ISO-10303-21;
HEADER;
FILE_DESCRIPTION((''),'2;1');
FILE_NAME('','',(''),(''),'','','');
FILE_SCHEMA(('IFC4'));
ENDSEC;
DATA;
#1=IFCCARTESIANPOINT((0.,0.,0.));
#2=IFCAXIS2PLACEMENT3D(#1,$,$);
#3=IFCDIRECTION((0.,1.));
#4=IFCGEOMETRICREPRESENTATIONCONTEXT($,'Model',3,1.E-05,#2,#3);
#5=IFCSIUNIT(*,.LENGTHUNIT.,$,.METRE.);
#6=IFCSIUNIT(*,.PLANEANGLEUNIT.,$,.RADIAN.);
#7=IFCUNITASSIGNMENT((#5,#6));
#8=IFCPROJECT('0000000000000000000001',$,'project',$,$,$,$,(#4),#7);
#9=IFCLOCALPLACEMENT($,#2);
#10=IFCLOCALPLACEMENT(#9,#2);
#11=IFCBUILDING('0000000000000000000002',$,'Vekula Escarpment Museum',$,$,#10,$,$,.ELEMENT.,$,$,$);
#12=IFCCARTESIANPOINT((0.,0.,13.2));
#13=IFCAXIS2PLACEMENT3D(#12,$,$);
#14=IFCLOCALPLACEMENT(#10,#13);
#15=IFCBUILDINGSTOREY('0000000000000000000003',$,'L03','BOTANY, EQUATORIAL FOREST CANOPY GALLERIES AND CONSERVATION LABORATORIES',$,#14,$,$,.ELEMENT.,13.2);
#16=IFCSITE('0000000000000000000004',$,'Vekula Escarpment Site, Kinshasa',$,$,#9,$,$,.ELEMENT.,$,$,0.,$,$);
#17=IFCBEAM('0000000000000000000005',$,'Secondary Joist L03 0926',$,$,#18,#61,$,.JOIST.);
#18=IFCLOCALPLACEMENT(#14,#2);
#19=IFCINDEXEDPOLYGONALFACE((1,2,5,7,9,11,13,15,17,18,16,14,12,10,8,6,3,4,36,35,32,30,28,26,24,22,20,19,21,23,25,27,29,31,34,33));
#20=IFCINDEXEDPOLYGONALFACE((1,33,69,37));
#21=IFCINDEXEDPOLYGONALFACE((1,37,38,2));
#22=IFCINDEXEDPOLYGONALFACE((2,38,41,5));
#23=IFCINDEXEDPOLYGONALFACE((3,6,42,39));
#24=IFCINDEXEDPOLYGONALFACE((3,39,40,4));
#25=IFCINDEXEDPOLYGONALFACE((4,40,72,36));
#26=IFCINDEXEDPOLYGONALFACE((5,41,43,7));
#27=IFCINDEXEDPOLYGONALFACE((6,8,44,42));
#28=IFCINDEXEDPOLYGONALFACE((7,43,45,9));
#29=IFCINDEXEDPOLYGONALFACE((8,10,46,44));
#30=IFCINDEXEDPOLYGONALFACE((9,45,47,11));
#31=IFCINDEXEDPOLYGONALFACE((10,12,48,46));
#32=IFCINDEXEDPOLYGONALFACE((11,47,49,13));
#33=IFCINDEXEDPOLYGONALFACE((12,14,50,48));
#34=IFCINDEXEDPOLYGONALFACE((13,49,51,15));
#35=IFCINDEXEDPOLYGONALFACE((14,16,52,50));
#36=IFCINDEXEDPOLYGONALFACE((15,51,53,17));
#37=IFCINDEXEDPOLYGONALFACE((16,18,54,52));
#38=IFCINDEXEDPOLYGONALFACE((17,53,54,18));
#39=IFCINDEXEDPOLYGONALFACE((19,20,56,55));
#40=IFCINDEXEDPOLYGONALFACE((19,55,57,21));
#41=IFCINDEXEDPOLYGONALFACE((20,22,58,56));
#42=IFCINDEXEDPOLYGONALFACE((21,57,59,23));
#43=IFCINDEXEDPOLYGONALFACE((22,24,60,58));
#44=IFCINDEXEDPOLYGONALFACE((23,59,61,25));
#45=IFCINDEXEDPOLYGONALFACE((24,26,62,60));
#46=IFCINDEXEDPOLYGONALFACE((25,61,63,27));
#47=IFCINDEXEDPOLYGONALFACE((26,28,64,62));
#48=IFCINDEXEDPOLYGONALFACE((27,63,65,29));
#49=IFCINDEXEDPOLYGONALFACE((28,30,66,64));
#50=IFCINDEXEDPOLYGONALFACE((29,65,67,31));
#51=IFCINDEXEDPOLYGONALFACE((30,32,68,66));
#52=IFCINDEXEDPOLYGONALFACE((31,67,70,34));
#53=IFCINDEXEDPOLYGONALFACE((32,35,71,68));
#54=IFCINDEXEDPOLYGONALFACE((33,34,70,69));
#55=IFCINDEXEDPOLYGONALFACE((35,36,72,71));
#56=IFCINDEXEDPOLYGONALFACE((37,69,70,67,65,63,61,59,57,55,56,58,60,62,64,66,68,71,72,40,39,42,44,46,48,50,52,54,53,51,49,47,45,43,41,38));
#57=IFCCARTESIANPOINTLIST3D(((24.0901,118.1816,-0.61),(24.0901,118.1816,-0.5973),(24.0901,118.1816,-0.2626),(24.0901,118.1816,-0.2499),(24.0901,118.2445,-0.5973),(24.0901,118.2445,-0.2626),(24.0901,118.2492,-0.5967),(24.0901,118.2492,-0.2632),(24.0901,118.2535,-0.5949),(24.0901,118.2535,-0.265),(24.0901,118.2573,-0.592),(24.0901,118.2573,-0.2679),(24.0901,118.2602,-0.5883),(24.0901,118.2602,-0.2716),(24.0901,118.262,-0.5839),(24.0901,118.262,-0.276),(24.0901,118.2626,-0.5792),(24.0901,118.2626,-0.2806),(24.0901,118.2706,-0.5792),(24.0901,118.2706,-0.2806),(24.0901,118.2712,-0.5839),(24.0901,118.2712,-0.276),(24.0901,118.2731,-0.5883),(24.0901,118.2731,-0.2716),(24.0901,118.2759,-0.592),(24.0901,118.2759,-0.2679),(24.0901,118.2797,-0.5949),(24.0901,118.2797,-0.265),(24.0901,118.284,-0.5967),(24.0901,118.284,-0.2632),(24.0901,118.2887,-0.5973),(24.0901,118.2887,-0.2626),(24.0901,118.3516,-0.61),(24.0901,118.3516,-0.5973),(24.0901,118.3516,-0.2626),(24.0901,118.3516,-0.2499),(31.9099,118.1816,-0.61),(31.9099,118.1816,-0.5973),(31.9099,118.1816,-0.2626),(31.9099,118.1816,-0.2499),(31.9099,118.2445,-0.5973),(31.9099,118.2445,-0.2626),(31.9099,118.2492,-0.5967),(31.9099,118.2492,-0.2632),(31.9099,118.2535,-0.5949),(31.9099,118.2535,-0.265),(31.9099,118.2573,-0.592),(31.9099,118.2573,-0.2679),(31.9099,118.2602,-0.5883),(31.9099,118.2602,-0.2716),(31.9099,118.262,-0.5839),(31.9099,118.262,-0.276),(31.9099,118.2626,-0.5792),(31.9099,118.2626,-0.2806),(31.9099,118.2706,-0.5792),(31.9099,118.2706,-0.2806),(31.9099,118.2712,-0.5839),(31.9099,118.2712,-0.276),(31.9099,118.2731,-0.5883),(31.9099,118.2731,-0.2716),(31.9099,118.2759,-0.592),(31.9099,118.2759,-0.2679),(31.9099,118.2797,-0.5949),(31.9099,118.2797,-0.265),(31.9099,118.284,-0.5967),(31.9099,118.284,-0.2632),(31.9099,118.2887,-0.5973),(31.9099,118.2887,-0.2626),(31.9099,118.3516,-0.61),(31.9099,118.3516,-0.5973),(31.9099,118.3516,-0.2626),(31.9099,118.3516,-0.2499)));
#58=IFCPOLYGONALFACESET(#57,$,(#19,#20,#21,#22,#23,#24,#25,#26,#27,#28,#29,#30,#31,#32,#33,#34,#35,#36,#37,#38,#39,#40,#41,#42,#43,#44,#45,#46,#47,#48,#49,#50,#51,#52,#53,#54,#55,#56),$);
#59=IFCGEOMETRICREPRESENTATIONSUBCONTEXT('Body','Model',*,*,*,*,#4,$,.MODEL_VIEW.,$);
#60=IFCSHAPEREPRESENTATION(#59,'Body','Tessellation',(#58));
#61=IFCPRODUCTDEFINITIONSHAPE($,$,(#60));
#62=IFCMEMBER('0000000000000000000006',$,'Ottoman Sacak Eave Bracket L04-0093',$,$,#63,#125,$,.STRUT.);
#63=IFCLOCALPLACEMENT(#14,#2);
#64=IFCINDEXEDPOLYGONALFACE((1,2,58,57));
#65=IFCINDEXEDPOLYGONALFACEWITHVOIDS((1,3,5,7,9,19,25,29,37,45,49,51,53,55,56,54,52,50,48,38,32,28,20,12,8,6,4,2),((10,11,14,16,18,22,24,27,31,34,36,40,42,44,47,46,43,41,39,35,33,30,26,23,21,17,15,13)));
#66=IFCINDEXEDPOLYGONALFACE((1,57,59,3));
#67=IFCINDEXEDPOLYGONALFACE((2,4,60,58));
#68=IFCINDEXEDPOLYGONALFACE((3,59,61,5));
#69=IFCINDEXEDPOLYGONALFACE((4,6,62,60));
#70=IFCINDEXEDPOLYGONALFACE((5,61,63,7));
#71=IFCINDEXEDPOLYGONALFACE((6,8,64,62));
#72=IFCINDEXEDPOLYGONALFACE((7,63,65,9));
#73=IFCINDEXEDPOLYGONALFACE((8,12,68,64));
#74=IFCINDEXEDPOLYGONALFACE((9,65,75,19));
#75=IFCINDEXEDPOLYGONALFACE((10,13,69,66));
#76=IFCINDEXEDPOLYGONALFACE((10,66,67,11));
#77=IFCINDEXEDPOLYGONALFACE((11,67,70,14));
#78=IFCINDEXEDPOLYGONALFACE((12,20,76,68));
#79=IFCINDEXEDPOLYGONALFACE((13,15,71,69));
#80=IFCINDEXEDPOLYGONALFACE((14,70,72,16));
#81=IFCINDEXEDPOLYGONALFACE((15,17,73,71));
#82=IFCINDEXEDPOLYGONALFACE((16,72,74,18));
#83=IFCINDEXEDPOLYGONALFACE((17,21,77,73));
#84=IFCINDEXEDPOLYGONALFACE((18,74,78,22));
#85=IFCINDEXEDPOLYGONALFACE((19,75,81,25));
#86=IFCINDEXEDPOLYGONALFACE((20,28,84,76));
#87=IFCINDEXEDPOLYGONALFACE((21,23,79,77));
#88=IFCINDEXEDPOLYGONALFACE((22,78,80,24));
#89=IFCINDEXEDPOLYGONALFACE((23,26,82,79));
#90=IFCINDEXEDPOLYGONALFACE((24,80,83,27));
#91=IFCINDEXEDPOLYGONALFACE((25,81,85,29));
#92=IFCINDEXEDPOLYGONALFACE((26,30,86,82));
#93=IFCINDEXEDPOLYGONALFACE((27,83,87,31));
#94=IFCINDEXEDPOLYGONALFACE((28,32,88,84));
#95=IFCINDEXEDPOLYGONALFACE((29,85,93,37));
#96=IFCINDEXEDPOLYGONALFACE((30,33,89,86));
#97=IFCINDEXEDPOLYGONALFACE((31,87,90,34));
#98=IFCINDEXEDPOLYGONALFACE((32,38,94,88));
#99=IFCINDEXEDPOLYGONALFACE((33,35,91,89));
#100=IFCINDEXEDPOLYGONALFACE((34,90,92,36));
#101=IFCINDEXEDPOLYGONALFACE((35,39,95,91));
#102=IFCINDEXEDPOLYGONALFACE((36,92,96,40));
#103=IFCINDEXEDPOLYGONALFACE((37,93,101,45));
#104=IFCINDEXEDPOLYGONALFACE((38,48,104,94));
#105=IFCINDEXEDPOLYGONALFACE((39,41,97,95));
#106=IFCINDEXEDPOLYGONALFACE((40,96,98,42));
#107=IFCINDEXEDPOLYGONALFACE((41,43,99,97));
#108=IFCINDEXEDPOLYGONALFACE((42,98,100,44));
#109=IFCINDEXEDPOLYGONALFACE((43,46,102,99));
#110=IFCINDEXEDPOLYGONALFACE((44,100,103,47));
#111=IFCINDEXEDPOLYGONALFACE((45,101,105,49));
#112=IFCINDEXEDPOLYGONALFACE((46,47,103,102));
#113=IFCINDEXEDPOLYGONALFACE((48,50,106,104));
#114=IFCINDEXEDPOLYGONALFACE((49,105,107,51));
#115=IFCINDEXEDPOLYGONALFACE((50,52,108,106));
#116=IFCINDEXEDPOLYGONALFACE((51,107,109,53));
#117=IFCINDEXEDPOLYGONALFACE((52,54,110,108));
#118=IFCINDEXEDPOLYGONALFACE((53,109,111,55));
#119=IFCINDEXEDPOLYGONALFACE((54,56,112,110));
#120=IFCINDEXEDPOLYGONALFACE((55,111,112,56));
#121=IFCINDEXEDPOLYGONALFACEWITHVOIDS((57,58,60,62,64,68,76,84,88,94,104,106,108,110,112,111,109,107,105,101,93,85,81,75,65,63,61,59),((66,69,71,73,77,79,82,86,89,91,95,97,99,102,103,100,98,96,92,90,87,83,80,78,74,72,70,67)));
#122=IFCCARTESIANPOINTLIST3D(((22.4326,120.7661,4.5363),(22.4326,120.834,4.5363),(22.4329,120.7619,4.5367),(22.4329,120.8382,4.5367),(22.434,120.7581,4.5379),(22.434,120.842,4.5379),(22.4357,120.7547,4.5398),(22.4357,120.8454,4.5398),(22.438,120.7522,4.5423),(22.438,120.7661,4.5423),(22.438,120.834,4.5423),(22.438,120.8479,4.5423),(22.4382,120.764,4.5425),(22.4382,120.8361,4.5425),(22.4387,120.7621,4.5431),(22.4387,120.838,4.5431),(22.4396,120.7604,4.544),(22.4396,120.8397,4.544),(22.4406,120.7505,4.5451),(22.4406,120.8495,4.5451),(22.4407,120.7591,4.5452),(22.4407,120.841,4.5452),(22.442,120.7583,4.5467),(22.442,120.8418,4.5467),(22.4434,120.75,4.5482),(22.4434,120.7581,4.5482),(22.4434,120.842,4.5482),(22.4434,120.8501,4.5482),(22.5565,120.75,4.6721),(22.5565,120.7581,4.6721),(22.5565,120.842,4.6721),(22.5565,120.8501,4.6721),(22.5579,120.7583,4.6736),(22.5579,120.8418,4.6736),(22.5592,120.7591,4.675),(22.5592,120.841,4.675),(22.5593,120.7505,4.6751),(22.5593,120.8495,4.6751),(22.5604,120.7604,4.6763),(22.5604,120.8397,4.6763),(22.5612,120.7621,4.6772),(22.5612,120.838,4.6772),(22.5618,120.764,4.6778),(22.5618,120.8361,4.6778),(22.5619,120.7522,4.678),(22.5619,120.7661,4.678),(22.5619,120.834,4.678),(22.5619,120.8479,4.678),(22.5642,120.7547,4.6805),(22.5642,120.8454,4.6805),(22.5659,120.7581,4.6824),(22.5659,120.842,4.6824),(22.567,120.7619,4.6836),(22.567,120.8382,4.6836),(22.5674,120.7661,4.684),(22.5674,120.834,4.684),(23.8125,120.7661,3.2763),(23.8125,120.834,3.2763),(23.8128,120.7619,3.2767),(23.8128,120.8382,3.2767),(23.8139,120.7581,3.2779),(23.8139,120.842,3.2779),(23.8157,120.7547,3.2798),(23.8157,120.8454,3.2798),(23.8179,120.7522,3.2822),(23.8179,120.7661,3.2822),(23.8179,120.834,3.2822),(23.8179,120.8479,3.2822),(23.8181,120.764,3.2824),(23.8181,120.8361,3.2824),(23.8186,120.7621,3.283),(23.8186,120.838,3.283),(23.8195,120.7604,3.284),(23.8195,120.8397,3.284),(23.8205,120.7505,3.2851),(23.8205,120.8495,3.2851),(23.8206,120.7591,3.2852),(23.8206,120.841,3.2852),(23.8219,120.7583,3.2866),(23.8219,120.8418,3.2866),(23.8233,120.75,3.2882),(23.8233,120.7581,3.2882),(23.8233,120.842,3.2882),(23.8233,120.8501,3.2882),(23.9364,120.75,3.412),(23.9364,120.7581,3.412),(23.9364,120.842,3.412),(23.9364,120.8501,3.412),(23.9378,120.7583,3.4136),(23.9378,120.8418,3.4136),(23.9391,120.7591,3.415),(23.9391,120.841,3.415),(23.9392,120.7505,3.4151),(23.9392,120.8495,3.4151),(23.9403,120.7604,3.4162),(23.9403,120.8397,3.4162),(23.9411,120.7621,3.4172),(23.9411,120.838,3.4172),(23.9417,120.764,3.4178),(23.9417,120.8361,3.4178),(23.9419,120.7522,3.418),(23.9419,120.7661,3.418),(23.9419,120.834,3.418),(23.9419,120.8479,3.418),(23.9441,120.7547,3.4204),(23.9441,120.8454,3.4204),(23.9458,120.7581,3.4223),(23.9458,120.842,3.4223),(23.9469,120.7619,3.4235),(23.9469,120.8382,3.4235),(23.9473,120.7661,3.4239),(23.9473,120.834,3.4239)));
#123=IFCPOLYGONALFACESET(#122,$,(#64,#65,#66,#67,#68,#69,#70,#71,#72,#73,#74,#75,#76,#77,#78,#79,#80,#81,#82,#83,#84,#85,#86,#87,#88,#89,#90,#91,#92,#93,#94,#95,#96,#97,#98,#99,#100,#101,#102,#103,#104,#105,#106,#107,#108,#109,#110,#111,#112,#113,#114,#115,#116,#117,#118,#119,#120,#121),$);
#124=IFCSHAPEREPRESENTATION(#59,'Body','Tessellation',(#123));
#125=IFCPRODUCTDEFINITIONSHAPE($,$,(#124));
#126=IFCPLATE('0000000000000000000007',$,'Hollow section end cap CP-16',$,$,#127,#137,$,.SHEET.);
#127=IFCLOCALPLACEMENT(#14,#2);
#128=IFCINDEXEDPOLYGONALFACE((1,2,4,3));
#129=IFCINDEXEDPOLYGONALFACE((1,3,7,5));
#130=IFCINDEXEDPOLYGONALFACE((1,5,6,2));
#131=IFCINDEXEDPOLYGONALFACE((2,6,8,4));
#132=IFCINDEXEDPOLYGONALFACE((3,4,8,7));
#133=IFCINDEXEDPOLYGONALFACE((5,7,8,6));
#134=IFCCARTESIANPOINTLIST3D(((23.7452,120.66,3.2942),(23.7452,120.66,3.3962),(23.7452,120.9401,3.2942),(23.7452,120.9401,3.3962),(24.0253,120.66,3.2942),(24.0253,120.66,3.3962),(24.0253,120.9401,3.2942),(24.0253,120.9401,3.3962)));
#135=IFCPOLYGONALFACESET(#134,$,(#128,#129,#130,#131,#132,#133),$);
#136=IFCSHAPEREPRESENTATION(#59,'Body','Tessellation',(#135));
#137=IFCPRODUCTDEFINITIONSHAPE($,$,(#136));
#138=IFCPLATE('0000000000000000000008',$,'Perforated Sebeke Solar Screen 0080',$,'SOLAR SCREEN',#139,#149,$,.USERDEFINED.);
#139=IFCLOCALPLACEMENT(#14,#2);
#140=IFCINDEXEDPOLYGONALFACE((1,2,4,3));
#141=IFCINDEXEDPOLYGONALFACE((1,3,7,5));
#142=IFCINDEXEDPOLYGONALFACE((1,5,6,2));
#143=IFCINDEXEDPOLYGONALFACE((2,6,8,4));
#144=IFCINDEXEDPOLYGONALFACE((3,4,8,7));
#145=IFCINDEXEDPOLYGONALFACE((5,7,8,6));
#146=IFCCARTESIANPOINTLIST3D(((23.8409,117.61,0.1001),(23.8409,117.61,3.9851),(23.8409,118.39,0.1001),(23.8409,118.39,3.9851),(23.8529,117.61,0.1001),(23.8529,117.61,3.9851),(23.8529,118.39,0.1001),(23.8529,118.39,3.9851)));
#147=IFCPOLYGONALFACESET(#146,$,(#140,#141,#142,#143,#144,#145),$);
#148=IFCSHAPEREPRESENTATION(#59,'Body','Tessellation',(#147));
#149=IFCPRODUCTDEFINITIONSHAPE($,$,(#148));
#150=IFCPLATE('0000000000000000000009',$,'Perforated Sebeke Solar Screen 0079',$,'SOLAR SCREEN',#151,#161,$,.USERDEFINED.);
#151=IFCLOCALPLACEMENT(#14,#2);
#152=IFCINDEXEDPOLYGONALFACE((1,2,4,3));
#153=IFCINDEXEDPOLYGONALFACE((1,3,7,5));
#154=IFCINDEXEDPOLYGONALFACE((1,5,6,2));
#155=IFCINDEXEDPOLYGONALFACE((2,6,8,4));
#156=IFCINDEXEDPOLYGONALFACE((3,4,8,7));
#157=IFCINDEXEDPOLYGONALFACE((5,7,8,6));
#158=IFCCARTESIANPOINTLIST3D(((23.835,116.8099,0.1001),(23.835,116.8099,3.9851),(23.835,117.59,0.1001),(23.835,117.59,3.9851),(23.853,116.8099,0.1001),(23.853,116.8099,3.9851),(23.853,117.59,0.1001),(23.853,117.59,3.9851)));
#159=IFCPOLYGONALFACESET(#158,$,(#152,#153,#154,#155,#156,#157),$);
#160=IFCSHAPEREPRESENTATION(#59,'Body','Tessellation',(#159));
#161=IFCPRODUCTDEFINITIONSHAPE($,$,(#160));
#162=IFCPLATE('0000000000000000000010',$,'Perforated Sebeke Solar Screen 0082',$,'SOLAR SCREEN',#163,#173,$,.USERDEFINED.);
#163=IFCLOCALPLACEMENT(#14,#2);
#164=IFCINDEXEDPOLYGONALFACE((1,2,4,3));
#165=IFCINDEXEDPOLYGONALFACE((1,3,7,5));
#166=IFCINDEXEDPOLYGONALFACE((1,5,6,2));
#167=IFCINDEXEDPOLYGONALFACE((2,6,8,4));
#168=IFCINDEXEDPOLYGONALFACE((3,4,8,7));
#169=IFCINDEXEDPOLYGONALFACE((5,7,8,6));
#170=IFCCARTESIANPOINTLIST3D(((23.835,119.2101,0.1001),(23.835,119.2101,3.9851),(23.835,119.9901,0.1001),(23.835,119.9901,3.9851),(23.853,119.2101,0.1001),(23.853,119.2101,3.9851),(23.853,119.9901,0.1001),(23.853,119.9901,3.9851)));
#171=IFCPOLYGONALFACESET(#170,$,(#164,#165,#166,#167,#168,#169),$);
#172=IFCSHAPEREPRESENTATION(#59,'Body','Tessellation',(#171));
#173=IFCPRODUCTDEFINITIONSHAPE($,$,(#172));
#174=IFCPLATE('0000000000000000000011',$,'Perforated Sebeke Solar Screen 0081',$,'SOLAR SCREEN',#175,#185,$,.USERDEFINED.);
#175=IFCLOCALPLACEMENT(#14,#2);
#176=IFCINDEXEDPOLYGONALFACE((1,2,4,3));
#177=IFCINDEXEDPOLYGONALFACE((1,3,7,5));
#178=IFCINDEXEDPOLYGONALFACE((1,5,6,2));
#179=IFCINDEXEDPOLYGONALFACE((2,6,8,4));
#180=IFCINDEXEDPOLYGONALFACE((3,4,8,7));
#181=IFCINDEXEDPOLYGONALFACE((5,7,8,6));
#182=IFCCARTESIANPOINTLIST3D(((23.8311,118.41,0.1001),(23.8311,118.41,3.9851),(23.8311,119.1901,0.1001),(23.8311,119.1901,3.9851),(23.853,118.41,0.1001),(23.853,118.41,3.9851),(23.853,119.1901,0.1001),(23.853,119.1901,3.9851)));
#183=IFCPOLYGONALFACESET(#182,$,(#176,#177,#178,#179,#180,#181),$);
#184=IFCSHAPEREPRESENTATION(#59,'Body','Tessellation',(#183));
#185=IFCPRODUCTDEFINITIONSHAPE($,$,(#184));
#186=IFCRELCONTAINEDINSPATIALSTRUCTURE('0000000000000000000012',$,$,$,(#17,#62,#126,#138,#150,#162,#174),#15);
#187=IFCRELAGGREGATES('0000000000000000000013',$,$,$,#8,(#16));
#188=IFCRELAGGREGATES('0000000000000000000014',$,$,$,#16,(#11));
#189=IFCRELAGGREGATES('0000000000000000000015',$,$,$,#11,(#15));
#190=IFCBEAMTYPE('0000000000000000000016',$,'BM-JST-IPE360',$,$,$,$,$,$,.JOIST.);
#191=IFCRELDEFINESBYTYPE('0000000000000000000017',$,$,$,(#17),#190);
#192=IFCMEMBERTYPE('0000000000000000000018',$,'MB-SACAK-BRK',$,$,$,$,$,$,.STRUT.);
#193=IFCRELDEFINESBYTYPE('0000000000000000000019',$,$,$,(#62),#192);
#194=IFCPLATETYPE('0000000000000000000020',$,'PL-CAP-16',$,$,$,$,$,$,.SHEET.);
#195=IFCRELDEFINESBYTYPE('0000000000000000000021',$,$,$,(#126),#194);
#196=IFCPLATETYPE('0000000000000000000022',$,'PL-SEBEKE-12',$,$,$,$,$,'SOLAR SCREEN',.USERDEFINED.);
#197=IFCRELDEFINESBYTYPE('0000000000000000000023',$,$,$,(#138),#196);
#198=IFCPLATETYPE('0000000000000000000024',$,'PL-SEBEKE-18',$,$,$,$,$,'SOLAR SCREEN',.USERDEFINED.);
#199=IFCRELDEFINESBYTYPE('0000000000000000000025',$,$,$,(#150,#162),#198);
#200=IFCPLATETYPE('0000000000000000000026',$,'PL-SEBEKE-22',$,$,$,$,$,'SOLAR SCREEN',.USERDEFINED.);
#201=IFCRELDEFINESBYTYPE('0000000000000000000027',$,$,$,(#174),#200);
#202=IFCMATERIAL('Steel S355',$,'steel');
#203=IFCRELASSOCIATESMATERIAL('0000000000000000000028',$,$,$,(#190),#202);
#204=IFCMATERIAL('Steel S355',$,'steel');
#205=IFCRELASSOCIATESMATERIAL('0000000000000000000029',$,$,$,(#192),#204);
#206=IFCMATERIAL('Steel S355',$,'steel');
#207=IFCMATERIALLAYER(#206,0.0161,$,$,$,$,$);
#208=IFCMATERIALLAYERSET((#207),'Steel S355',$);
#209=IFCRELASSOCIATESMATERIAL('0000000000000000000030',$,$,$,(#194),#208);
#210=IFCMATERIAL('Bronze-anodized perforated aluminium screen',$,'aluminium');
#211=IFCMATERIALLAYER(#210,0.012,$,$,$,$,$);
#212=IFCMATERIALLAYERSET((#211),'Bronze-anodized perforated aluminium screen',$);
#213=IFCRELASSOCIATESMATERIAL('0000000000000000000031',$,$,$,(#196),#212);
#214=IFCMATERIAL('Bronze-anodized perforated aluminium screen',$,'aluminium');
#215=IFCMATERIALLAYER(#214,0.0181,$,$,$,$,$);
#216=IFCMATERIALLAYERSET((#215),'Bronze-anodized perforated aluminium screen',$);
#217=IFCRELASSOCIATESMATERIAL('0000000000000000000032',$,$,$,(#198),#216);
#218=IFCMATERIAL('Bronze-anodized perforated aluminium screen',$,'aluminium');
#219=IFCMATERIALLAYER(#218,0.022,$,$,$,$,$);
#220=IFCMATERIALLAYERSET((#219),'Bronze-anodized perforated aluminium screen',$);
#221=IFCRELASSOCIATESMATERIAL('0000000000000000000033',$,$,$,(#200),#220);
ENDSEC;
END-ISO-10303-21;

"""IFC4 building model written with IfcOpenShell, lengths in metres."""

from ifc_helpers import new_model, si_unit, direction, frame, origin, origin_2d, place, context, subcontext, project, spatial, rectangle, hollow_rectangle, i_section, extrude, material, layer, layer_set, material_profile, profile_set, type_object, element, save


model = new_model("IFC4")

# Units and contexts
model_context = context("Model", 3, precision=1e-05, world=origin(), true_north=direction((0.0, 1.0)))
body_context = subcontext(model_context, "Body", "Model", "MODEL_VIEW")
ifc_project = project(units=[si_unit("LENGTHUNIT", "METRE"), si_unit("PLANEANGLEUNIT", "RADIAN")], contexts=[model_context])

# Site, building, storey
site_placement = place(None, origin())
site = spatial("IfcSite", under=ifc_project, at=site_placement, Name="Vekula Escarpment Site, Kinshasa", CompositionType="ELEMENT", RefElevation=0.0)
building_placement = place(site_placement, origin())
building = spatial("IfcBuilding", under=site, at=building_placement, Name="Vekula Escarpment Museum", CompositionType="ELEMENT")
storey_placement = place(building_placement, frame((0.0, 0.0, 13.2)))
storey = spatial("IfcBuildingStorey", under=building, at=storey_placement, Name="L03", Description="BOTANY, EQUATORIAL FOREST CANOPY GALLERIES AND CONSERVATION LABORATORIES", CompositionType="ELEMENT", Elevation=13.2)

# Beam
ifc_material_1 = material(Name="Steel S355", Category="steel")
ifc_material_profile_1 = material_profile(ifc_material_1, i_section(OverallWidth=0.1699, OverallDepth=0.3601, WebThickness=0.0081, FlangeThickness=0.0127, FilletRadius=0.0181, at=origin_2d()), Name="IPE 360")
ifc_profile_set_1 = profile_set([ifc_material_profile_1], Name="Steel S355")
beam_type_1 = type_object("IfcBeamType", Name="BM-JST-IPE360", PredefinedType="JOIST", material=ifc_profile_set_1)
beam_1_placement = place(storey_placement, frame((24.0901, 118.2666, -0.4299), z_axis=(1.0, 0.0, 0.0), x_axis=(0.0, 1.0, 0.0)))
element("IfcBeam", 1, at=beam_1_placement, inside=storey, type_object=beam_type_1, Name="Secondary Joist L03 0926", PredefinedType="JOIST", context=body_context, shape_type="SweptSolid", body=[
    extrude(i_section(OverallWidth=0.1699, OverallDepth=0.3601, WebThickness=0.0081, FlangeThickness=0.0127, FilletRadius=0.0181, at=origin_2d()), origin(), (0.0, 0.0, 1.0), 7.8198),
])

# Member
ifc_material_2 = material(Name="Steel S355", Category="steel")
ifc_material_profile_2 = material_profile(ifc_material_2, hollow_rectangle(XDim=0.1001, YDim=0.2, WallThickness=0.0081, InnerFilletRadius=0.0081, OuterFilletRadius=0.0161, at=origin_2d()), Name="RHS 200x100x8")
ifc_profile_set_2 = profile_set([ifc_material_profile_2], Name="Steel S355")
member_type = type_object("IfcMemberType", Name="MB-SACAK-BRK", PredefinedType="STRUT", material=ifc_profile_set_2)
member_placement = place(storey_placement, frame((23.8799, 120.8, 3.3501), z_axis=(-0.738454, 0.0, 0.674303), x_axis=(0.0, -1.0, 0.0)))
element("IfcMember", 2, at=member_placement, inside=storey, type_object=member_type, Name="Ottoman Sacak Eave Bracket L04-0093", PredefinedType="STRUT", context=body_context, shape_type="SweptSolid", body=[
    extrude(hollow_rectangle(XDim=0.1001, YDim=0.2, WallThickness=0.0081, InnerFilletRadius=0.0081, OuterFilletRadius=0.0161, at=origin_2d()), origin(), (0.0, 0.0, 1.0), 1.8687),
])

# Plates
ifc_material_3 = material(Name="Steel S355", Category="steel")
ifc_layer_1 = layer(ifc_material_3, 0.0161)
ifc_layer_set_1 = layer_set([ifc_layer_1], Name="Steel S355")
plate_type_1 = type_object("IfcPlateType", Name="PL-CAP-16", PredefinedType="SHEET", material=ifc_layer_set_1)
plate_1_placement = place(storey_placement, frame((23.8853, 120.8, 3.2942), z_axis=(0.0, 0.0, 1.0), x_axis=(1.0, 0.0, 0.0)))
element("IfcPlate", 3, at=plate_1_placement, inside=storey, type_object=plate_type_1, Name="Hollow section end cap CP-16", PredefinedType="SHEET", context=body_context, shape_type="SweptSolid", body=[
    extrude(rectangle(XDim=0.28, YDim=0.28, at=origin_2d()), origin(), (0.0, 0.0, 1.0), 0.1021),
])
ifc_material_4 = material(Name="Bronze-anodized perforated aluminium screen", Category="aluminium")
ifc_layer_2 = layer(ifc_material_4, 0.012)
ifc_layer_set_2 = layer_set([ifc_layer_2], Name="Bronze-anodized perforated aluminium screen")
plate_type_2 = type_object("IfcPlateType", Name="PL-SEBEKE-12", ElementType="SOLAR SCREEN", PredefinedType="USERDEFINED", material=ifc_layer_set_2)
plate_2_placement = place(storey_placement, frame((23.8469, 118.0, 0.1001), z_axis=(0.0, 0.0, 1.0), x_axis=(0.0, 1.0, 0.0)))
element("IfcPlate", 4, at=plate_2_placement, inside=storey, type_object=plate_type_2, Name="Perforated Sebeke Solar Screen 0080", ObjectType="SOLAR SCREEN", PredefinedType="USERDEFINED", context=body_context, shape_type="SweptSolid", body=[
    extrude(rectangle(XDim=0.78, YDim=0.012, at=origin_2d()), origin(), (0.0, 0.0, 1.0), 3.885),
])
ifc_material_5 = material(Name="Bronze-anodized perforated aluminium screen", Category="aluminium")
ifc_layer_3 = layer(ifc_material_5, 0.0181)
ifc_layer_set_3 = layer_set([ifc_layer_3], Name="Bronze-anodized perforated aluminium screen")
plate_type_3 = type_object("IfcPlateType", Name="PL-SEBEKE-18", ElementType="SOLAR SCREEN", PredefinedType="USERDEFINED", material=ifc_layer_set_3)
for number, where, z_axis, x_axis, name in (
    (5, (23.844, 117.2, 0.1001), (0.0, 0.0, 1.0), (0.0, 1.0, 0.0), "Perforated Sebeke Solar Screen 0079"),
    (6, (23.844, 119.6001, 0.1001), (0.0, 0.0, 1.0), (0.0, 1.0, 0.0), "Perforated Sebeke Solar Screen 0082"),
):
    element("IfcPlate", number, at=place(storey_placement, frame(where, z_axis=z_axis, x_axis=x_axis)), inside=storey, type_object=plate_type_3, Name=name, ObjectType="SOLAR SCREEN", PredefinedType="USERDEFINED", context=body_context, shape_type="SweptSolid", body=[
        extrude(rectangle(XDim=0.78, YDim=0.0181, at=origin_2d()), origin(), (0.0, 0.0, 1.0), 3.885),
    ])
ifc_material_6 = material(Name="Bronze-anodized perforated aluminium screen", Category="aluminium")
ifc_layer_4 = layer(ifc_material_6, 0.022)
ifc_layer_set_4 = layer_set([ifc_layer_4], Name="Bronze-anodized perforated aluminium screen")
plate_type_4 = type_object("IfcPlateType", Name="PL-SEBEKE-22", ElementType="SOLAR SCREEN", PredefinedType="USERDEFINED", material=ifc_layer_set_4)
plate_3_placement = place(storey_placement, frame((23.842, 118.8, 0.1001), z_axis=(0.0, 0.0, 1.0), x_axis=(0.0, 1.0, 0.0)))
element("IfcPlate", 7, at=plate_3_placement, inside=storey, type_object=plate_type_4, Name="Perforated Sebeke Solar Screen 0081", ObjectType="SOLAR SCREEN", PredefinedType="USERDEFINED", context=body_context, shape_type="SweptSolid", body=[
    extrude(rectangle(XDim=0.78, YDim=0.022, at=origin_2d()), origin(), (0.0, 0.0, 1.0), 3.885),
])

save(model, "model.ifc")
